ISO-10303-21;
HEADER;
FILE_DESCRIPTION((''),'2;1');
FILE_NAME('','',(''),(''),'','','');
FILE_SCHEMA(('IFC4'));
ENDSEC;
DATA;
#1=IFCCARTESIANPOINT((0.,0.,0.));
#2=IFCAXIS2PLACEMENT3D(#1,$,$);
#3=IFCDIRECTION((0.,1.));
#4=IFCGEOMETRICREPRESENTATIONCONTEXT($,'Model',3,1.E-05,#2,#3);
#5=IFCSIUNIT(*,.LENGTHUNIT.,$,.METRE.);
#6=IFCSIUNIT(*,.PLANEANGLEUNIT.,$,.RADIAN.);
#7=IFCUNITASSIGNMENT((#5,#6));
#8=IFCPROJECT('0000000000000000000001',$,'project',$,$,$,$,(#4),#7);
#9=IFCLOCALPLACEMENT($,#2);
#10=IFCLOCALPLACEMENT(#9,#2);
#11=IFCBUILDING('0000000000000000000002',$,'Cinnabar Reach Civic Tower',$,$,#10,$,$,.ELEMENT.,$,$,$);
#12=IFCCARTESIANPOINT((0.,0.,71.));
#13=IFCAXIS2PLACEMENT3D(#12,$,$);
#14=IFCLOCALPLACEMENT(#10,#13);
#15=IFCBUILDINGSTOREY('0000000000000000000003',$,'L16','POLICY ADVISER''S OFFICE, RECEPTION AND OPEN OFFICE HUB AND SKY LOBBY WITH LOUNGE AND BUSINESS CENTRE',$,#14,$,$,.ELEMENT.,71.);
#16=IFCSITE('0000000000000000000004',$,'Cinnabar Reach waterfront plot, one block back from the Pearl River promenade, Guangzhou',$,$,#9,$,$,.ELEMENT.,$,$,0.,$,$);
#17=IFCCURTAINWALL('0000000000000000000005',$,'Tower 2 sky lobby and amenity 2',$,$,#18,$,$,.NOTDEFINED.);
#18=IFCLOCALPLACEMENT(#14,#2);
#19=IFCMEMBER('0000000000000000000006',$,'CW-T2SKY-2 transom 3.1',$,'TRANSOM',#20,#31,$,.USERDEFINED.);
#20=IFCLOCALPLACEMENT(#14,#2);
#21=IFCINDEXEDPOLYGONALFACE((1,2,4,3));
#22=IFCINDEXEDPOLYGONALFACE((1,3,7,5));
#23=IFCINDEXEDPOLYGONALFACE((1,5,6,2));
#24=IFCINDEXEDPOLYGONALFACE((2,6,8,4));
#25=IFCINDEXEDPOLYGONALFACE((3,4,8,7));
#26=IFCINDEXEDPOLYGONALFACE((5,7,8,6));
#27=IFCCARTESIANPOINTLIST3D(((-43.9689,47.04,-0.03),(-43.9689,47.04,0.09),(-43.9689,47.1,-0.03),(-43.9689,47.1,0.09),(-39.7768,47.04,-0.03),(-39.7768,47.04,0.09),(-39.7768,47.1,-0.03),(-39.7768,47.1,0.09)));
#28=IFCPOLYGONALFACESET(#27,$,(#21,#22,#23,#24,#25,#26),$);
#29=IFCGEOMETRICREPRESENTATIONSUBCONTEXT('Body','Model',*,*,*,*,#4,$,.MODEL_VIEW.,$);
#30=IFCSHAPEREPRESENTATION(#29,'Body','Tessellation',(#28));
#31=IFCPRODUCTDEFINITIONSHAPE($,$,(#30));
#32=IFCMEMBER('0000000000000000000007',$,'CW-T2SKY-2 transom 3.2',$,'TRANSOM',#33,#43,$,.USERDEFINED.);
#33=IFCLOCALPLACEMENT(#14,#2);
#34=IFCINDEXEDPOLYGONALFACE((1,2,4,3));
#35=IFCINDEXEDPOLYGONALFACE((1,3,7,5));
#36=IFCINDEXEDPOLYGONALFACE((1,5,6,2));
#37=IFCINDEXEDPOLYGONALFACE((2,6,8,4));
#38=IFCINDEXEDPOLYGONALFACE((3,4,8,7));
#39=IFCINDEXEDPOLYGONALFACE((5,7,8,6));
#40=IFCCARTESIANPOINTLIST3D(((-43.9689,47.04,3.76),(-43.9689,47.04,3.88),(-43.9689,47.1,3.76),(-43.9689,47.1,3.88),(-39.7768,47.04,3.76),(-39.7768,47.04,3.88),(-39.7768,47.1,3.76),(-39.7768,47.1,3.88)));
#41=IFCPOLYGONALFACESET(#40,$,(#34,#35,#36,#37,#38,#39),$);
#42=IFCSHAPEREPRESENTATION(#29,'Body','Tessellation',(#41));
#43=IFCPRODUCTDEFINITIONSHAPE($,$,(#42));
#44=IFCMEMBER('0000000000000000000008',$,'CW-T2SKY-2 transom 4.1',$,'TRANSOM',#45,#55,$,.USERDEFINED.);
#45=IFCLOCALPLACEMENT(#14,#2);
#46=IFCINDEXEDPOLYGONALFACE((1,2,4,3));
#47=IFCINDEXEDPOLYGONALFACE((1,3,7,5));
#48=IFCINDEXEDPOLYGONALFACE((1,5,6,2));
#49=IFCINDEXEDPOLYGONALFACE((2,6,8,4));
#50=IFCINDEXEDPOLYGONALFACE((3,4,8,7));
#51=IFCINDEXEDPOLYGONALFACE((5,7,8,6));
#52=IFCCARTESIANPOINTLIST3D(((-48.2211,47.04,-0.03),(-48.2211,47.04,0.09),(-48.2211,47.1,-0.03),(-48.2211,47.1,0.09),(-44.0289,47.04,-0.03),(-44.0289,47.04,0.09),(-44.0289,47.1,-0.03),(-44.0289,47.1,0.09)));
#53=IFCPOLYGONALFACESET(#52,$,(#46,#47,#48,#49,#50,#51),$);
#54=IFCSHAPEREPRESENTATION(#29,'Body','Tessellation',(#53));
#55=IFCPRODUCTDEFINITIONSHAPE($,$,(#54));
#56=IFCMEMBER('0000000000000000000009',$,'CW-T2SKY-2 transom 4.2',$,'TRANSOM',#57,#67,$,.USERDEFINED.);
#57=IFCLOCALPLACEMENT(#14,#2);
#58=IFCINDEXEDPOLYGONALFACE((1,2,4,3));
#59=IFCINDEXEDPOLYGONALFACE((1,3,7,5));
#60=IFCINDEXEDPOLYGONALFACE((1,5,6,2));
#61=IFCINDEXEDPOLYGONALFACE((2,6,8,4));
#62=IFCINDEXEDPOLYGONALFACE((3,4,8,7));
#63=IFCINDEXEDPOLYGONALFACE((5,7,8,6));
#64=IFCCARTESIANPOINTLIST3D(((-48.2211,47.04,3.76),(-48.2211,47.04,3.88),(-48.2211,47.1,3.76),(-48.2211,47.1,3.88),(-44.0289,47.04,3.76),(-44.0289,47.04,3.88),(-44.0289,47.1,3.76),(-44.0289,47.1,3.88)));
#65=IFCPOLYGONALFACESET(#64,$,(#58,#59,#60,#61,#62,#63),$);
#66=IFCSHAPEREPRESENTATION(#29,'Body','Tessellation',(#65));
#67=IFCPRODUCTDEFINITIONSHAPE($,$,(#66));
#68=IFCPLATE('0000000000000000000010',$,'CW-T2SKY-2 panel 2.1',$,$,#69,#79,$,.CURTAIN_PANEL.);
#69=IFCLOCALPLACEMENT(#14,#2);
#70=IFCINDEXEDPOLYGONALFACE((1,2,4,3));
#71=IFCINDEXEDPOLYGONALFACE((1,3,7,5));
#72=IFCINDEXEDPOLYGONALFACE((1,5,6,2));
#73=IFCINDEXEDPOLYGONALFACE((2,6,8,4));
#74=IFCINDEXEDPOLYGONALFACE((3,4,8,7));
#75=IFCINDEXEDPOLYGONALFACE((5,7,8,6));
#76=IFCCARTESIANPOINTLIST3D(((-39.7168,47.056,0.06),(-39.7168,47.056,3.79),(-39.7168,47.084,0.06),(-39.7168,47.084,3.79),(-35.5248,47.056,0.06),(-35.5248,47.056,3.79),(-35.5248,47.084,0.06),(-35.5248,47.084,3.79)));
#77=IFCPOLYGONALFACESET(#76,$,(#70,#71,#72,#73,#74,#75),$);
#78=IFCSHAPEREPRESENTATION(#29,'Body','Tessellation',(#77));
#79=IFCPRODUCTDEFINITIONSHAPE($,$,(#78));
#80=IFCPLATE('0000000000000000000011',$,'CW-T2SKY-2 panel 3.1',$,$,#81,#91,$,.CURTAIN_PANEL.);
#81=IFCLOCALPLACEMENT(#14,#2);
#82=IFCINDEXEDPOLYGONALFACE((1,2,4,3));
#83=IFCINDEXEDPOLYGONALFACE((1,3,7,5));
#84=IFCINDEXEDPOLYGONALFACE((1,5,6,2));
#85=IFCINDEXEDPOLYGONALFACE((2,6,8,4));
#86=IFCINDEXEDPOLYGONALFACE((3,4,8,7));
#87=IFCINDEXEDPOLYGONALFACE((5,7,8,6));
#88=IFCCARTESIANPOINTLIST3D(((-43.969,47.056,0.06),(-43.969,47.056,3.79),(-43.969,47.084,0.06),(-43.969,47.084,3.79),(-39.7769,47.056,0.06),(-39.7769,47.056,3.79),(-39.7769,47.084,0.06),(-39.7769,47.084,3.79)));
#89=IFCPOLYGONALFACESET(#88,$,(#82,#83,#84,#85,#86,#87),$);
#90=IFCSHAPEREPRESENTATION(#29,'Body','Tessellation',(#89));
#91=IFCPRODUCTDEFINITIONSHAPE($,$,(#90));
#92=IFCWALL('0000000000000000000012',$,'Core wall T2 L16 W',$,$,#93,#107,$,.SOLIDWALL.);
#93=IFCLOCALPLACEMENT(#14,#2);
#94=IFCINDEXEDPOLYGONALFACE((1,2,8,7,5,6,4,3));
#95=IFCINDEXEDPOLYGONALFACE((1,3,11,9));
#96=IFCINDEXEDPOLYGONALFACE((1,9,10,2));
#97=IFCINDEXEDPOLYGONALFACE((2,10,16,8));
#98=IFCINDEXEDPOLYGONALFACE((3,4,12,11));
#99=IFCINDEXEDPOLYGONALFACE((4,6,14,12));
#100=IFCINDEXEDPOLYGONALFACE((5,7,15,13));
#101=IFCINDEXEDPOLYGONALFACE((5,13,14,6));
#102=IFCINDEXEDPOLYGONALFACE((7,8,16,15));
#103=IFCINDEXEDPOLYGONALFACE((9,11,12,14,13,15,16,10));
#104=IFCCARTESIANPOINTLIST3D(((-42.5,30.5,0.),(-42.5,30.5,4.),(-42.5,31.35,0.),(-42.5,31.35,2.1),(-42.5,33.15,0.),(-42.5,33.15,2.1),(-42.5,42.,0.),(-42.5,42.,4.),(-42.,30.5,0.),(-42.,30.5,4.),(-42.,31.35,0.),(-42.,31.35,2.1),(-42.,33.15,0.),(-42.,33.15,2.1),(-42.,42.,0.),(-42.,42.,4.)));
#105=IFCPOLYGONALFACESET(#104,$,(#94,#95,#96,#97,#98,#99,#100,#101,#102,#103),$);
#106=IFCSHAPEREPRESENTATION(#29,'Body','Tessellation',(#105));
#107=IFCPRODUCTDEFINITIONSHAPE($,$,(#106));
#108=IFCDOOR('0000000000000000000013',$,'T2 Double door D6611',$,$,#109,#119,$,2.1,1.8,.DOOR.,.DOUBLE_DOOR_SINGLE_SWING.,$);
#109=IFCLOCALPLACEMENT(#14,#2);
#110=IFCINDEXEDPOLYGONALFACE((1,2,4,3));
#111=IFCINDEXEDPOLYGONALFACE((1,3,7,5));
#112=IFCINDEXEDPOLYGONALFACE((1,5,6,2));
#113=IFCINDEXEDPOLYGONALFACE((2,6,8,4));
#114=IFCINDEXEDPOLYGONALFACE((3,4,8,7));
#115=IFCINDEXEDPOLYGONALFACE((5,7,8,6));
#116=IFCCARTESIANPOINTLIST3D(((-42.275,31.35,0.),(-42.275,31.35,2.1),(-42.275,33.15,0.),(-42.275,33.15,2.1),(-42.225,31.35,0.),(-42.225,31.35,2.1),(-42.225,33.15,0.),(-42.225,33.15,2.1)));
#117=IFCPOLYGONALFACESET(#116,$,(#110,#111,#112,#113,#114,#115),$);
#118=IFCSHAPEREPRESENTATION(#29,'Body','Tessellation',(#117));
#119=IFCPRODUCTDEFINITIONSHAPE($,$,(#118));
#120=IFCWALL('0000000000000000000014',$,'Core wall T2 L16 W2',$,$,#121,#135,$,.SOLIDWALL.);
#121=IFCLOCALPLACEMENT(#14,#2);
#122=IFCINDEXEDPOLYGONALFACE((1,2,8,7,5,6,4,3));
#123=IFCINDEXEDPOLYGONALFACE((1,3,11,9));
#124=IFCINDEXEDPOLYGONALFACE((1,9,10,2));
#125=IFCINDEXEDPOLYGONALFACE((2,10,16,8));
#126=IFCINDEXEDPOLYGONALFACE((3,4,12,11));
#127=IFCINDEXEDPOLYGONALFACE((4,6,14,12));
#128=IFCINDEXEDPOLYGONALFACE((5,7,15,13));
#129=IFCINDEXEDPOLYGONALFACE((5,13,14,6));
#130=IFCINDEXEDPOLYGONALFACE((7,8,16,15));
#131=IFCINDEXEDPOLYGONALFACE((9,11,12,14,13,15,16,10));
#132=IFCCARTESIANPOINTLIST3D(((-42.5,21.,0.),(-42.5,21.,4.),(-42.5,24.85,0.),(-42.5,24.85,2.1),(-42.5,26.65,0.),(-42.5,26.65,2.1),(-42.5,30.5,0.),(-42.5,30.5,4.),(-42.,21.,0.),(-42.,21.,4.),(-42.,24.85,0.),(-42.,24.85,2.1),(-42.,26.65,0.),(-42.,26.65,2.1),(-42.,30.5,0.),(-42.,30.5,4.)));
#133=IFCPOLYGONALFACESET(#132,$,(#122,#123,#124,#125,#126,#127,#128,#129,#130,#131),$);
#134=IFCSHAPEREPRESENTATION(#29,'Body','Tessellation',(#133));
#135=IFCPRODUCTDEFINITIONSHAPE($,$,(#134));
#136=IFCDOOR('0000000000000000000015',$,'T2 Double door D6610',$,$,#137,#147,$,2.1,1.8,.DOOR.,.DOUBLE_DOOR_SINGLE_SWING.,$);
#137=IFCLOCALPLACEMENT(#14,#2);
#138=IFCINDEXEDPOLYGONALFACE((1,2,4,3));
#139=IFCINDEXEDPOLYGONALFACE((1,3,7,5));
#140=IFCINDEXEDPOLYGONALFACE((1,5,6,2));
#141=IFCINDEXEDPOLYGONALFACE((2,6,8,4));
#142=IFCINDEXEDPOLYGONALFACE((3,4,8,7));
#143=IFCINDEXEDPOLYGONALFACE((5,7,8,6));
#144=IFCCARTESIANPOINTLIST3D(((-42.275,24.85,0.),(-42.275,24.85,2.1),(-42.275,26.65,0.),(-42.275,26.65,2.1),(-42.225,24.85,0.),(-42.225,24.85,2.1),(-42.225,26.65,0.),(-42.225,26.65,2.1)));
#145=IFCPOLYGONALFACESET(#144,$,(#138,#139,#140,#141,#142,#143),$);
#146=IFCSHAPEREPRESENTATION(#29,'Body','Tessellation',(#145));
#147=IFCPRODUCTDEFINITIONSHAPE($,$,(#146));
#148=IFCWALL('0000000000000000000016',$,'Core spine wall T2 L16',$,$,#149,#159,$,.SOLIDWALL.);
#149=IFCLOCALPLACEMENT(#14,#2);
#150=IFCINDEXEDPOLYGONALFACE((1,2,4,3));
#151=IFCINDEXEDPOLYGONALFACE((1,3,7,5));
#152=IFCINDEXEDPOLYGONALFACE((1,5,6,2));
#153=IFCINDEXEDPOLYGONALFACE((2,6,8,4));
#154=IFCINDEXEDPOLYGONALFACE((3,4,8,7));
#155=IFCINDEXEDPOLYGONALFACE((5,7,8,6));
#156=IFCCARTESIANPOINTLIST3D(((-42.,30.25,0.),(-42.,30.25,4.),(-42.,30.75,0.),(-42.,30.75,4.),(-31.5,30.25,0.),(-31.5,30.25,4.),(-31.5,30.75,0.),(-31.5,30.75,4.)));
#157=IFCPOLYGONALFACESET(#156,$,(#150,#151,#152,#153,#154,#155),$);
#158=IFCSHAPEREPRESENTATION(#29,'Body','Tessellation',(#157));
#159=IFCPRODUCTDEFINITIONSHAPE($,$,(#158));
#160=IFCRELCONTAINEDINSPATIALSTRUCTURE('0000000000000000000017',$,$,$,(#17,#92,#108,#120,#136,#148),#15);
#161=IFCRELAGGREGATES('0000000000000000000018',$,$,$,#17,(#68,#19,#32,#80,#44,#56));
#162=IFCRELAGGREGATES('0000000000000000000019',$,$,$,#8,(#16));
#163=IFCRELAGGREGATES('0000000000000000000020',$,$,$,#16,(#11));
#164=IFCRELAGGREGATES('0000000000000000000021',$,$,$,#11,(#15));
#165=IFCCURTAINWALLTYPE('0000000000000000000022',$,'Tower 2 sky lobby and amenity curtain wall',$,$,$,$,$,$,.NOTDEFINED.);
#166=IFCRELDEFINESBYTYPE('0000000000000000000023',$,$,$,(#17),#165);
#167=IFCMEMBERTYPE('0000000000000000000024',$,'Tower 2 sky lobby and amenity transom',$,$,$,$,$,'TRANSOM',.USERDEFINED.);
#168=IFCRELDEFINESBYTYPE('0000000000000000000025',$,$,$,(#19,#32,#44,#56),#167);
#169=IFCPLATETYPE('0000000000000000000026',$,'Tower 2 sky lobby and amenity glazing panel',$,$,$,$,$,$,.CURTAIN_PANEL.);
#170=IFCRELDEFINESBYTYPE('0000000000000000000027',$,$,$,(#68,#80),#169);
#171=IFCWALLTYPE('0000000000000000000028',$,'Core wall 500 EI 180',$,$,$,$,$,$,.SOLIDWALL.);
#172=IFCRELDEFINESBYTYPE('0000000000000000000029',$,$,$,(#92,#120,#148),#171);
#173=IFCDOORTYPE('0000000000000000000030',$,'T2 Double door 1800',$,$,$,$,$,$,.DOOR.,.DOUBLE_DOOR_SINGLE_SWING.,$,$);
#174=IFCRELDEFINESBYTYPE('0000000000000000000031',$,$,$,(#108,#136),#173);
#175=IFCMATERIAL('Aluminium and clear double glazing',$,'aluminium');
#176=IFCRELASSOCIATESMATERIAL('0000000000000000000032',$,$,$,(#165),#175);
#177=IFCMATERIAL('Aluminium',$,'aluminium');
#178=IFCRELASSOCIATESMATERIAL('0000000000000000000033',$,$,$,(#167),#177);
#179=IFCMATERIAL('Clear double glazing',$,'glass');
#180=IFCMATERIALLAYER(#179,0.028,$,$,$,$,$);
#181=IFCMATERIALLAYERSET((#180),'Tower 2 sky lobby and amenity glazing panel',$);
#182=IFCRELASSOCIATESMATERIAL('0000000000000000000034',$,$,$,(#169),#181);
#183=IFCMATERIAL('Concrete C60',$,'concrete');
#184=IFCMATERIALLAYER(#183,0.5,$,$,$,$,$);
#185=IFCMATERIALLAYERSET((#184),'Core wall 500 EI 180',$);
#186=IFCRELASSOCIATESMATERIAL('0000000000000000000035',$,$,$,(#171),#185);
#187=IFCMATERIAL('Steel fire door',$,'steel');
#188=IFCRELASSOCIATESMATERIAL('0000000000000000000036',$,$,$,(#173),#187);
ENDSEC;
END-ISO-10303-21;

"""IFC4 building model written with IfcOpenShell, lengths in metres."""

from ifc_helpers import new_model, si_unit, direction, frame, frame_2d, origin, origin_2d, place, context, subcontext, project, spatial, rectangle, extrude, material, layer, layer_set, material_profile, profile_set, type_object, element, fill, aggregate, save


model = new_model("IFC4")

# Units and contexts
model_context = context("Model", 3, precision=1e-05, world=origin(), true_north=direction((0.0, 1.0)))
body_context = subcontext(model_context, "Body", "Model", "MODEL_VIEW")
ifc_project = project(units=[si_unit("LENGTHUNIT", "METRE"), si_unit("PLANEANGLEUNIT", "RADIAN")], contexts=[model_context])

# Site, building, storey
site_placement = place(None, origin())
site = spatial("IfcSite", under=ifc_project, at=site_placement, Name="Cinnabar Reach waterfront plot, one block back from the Pearl River promenade, Guangzhou", CompositionType="ELEMENT", RefElevation=0.0)
building_placement = place(site_placement, origin())
building = spatial("IfcBuilding", under=site, at=building_placement, Name="Cinnabar Reach Civic Tower", CompositionType="ELEMENT")
storey_placement = place(building_placement, frame((0.0, 0.0, 71.0)))
storey = spatial("IfcBuildingStorey", under=building, at=storey_placement, Name="L16", Description="POLICY ADVISER'S OFFICE, RECEPTION AND OPEN OFFICE HUB AND SKY LOBBY WITH LOUNGE AND BUSINESS CENTRE", CompositionType="ELEMENT", Elevation=71.0)

# Shared definitions
ifc_material_1 = material(Name="Concrete C60", Category="concrete")

# Curtain wall, members, plates
ifc_material_2 = material(Name="Aluminium and clear double glazing", Category="aluminium")
curtain_wall_type = type_object("IfcCurtainWallType", Name="Tower 2 sky lobby and amenity curtain wall", PredefinedType="NOTDEFINED", material=ifc_material_2)
curtain_wall_placement = place(storey_placement, origin())
curtain_wall = element("IfcCurtainWall", 1, at=curtain_wall_placement, inside=storey, type_object=curtain_wall_type, Name="Tower 2 sky lobby and amenity 2", PredefinedType="NOTDEFINED")
ifc_material_3 = material(Name="Aluminium", Category="aluminium")
ifc_material_profile_1 = material_profile(ifc_material_3, rectangle(XDim=0.06, YDim=0.12, at=origin_2d()), Name="Tower 2 sky lobby and amenity transom")
ifc_profile_set_1 = profile_set([ifc_material_profile_1], Name="Aluminium")
member_type_1 = type_object("IfcMemberType", Name="Tower 2 sky lobby and amenity transom", ElementType="TRANSOM", PredefinedType="USERDEFINED", material=ifc_profile_set_1)
member_1_placement = place(storey_placement, frame((-39.7768, 47.07, 0.03), z_axis=(-1.0, 0.0, 0.0), x_axis=(0.0, -1.0, 0.0)))
member_1 = element("IfcMember", 2, at=member_1_placement, type_object=member_type_1, Name="CW-T2SKY-2 transom 3.1", ObjectType="TRANSOM", PredefinedType="USERDEFINED", context=body_context, shape_type="SweptSolid", body=[
    extrude(rectangle(XDim=0.06, YDim=0.12, at=origin_2d()), origin(), (0.0, 0.0, 1.0), 4.1921),
])
member_2_placement = place(storey_placement, frame((-39.7768, 47.07, 3.82), z_axis=(-1.0, 0.0, 0.0), x_axis=(0.0, -1.0, 0.0)))
member_2 = element("IfcMember", 3, at=member_2_placement, type_object=member_type_1, Name="CW-T2SKY-2 transom 3.2", ObjectType="TRANSOM", PredefinedType="USERDEFINED", context=body_context, shape_type="SweptSolid", body=[
    extrude(rectangle(XDim=0.06, YDim=0.12, at=origin_2d()), origin(), (0.0, 0.0, 1.0), 4.1921),
])
member_3_placement = place(storey_placement, frame((-44.0289, 47.07, 0.03), z_axis=(-1.0, 0.0, 0.0), x_axis=(0.0, -1.0, 0.0)))
member_3 = element("IfcMember", 4, at=member_3_placement, type_object=member_type_1, Name="CW-T2SKY-2 transom 4.1", ObjectType="TRANSOM", PredefinedType="USERDEFINED", context=body_context, shape_type="SweptSolid", body=[
    extrude(rectangle(XDim=0.06, YDim=0.12, at=origin_2d()), origin(), (0.0, 0.0, 1.0), 4.1922),
])
member_4_placement = place(storey_placement, frame((-44.0289, 47.07, 3.82), z_axis=(-1.0, 0.0, 0.0), x_axis=(0.0, -1.0, 0.0)))
member_4 = element("IfcMember", 5, at=member_4_placement, type_object=member_type_1, Name="CW-T2SKY-2 transom 4.2", ObjectType="TRANSOM", PredefinedType="USERDEFINED", context=body_context, shape_type="SweptSolid", body=[
    extrude(rectangle(XDim=0.06, YDim=0.12, at=origin_2d()), origin(), (0.0, 0.0, 1.0), 4.1922),
])
ifc_material_4 = material(Name="Clear double glazing", Category="glass")
ifc_layer_1 = layer(ifc_material_4, 0.028)
ifc_layer_set_1 = layer_set([ifc_layer_1], Name="Tower 2 sky lobby and amenity glazing panel")
plate_type = type_object("IfcPlateType", Name="Tower 2 sky lobby and amenity glazing panel", PredefinedType="CURTAIN_PANEL", material=ifc_layer_set_1)
plate_1_placement = place(storey_placement, frame((-37.6208, 47.07, 0.06), z_axis=(0.0, 0.0, 1.0), x_axis=(-1.0, 0.0, 0.0)))
plate_1 = element("IfcPlate", 6, at=plate_1_placement, type_object=plate_type, Name="CW-T2SKY-2 panel 2.1", PredefinedType="CURTAIN_PANEL", context=body_context, shape_type="SweptSolid", body=[
    extrude(rectangle(XDim=4.1921, YDim=0.028, at=origin_2d()), origin(), (0.0, 0.0, 1.0), 3.73),
])
plate_2_placement = place(storey_placement, frame((-41.8729, 47.07, 0.06), z_axis=(0.0, 0.0, 1.0), x_axis=(-1.0, 0.0, 0.0)))
plate_2 = element("IfcPlate", 7, at=plate_2_placement, type_object=plate_type, Name="CW-T2SKY-2 panel 3.1", PredefinedType="CURTAIN_PANEL", context=body_context, shape_type="SweptSolid", body=[
    extrude(rectangle(XDim=4.1921, YDim=0.028, at=origin_2d()), origin(), (0.0, 0.0, 1.0), 3.73),
])
aggregate(curtain_wall, [plate_1, member_1, member_2, plate_2, member_3, member_4])

# Walls, openings, doors
ifc_layer_2 = layer(ifc_material_1, 0.5)
ifc_layer_set_2 = layer_set([ifc_layer_2], Name="Core wall 500 EI 180")
wall_type_1 = type_object("IfcWallType", Name="Core wall 500 EI 180", PredefinedType="SOLIDWALL", material=ifc_layer_set_2)
wall_1_placement = place(storey_placement, frame((-42.25, 42.0, 0.0), z_axis=(0.0, 0.0, 1.0), x_axis=(0.0, -1.0, 0.0)))
wall_1 = element("IfcWall", 8, at=wall_1_placement, inside=storey, type_object=wall_type_1, Name="Core wall T2 L16 W", PredefinedType="SOLIDWALL", context=body_context, shape_type="SweptSolid", body=[
    extrude(rectangle(XDim=11.5, YDim=0.5, at=frame_2d((5.75, 0.0))), origin(), (0.0, 0.0, 1.0), 4.0),
])
opening_1_placement = place(wall_1_placement, frame((8.85, 0.0, 0.0)))
opening_1 = element("IfcOpeningElement", 9, at=opening_1_placement, cuts=wall_1, PredefinedType="OPENING", context=body_context, shape_type="SweptSolid", body=[
    extrude(rectangle(XDim=1.8, YDim=2.1, at=frame_2d((0.9, 1.05))), frame((0.0, 0.26, 0.0), z_axis=(0.0, -1.0, 0.0), x_axis=(1.0, 0.0, 0.0)), (0.0, 0.0, 1.0), 0.52),
])
ifc_material_5 = material(Name="Steel fire door", Category="steel")
door_type_1 = type_object("IfcDoorType", Name="T2 Double door 1800", OperationType="DOUBLE_DOOR_SINGLE_SWING", PredefinedType="DOOR", material=ifc_material_5)
door_1_placement = place(opening_1_placement, frame((1.8, 0.0, 0.0), z_axis=(0.0, 0.0, 1.0), x_axis=(-1.0, 0.0, 0.0)))
door_1 = element("IfcDoor", 10, at=door_1_placement, inside=storey, type_object=door_type_1, Name="T2 Double door D6611", OperationType="DOUBLE_DOOR_SINGLE_SWING", OverallHeight=2.1, OverallWidth=1.8, PredefinedType="DOOR", context=body_context, shape_type="SweptSolid", body=[
    extrude(rectangle(XDim=1.8, YDim=2.1, at=frame_2d((0.9, 1.05))), frame((0.0, 0.025, 0.0), z_axis=(0.0, -1.0, 0.0), x_axis=(1.0, 0.0, 0.0)), (0.0, 0.0, 1.0), 0.05),
])
fill(opening_1, door_1)
wall_2_placement = place(storey_placement, frame((-42.25, 30.5, 0.0), z_axis=(0.0, 0.0, 1.0), x_axis=(0.0, -1.0, 0.0)))
wall_2 = element("IfcWall", 11, at=wall_2_placement, inside=storey, type_object=wall_type_1, Name="Core wall T2 L16 W2", PredefinedType="SOLIDWALL", context=body_context, shape_type="SweptSolid", body=[
    extrude(rectangle(XDim=9.5, YDim=0.5, at=frame_2d((4.75, 0.0))), origin(), (0.0, 0.0, 1.0), 4.0),
])
opening_2_placement = place(wall_2_placement, frame((3.85, 0.0, 0.0)))
opening_2 = element("IfcOpeningElement", 12, at=opening_2_placement, cuts=wall_2, PredefinedType="OPENING", context=body_context, shape_type="SweptSolid", body=[
    extrude(rectangle(XDim=1.8, YDim=2.1, at=frame_2d((0.9, 1.05))), frame((0.0, 0.26, 0.0), z_axis=(0.0, -1.0, 0.0), x_axis=(1.0, 0.0, 0.0)), (0.0, 0.0, 1.0), 0.52),
])
door_2_placement = place(opening_2_placement, origin())
door_2 = element("IfcDoor", 13, at=door_2_placement, inside=storey, type_object=door_type_1, Name="T2 Double door D6610", OperationType="DOUBLE_DOOR_SINGLE_SWING", OverallHeight=2.1, OverallWidth=1.8, PredefinedType="DOOR", context=body_context, shape_type="SweptSolid", body=[
    extrude(rectangle(XDim=1.8, YDim=2.1, at=frame_2d((0.9, 1.05))), frame((0.0, 0.025, 0.0), z_axis=(0.0, -1.0, 0.0), x_axis=(1.0, 0.0, 0.0)), (0.0, 0.0, 1.0), 0.05),
])
fill(opening_2, door_2)

# Wall
wall_3_placement = place(storey_placement, frame((-42.0, 30.5, 0.0), z_axis=(0.0, 0.0, 1.0), x_axis=(1.0, 0.0, 0.0)))
element("IfcWall", 14, at=wall_3_placement, inside=storey, type_object=wall_type_1, Name="Core spine wall T2 L16", PredefinedType="SOLIDWALL", context=body_context, shape_type="SweptSolid", body=[
    extrude(rectangle(XDim=10.5, YDim=0.5, at=frame_2d((5.25, 0.0))), origin(), (0.0, 0.0, 1.0), 4.0),
])

save(model, "model.ifc")
